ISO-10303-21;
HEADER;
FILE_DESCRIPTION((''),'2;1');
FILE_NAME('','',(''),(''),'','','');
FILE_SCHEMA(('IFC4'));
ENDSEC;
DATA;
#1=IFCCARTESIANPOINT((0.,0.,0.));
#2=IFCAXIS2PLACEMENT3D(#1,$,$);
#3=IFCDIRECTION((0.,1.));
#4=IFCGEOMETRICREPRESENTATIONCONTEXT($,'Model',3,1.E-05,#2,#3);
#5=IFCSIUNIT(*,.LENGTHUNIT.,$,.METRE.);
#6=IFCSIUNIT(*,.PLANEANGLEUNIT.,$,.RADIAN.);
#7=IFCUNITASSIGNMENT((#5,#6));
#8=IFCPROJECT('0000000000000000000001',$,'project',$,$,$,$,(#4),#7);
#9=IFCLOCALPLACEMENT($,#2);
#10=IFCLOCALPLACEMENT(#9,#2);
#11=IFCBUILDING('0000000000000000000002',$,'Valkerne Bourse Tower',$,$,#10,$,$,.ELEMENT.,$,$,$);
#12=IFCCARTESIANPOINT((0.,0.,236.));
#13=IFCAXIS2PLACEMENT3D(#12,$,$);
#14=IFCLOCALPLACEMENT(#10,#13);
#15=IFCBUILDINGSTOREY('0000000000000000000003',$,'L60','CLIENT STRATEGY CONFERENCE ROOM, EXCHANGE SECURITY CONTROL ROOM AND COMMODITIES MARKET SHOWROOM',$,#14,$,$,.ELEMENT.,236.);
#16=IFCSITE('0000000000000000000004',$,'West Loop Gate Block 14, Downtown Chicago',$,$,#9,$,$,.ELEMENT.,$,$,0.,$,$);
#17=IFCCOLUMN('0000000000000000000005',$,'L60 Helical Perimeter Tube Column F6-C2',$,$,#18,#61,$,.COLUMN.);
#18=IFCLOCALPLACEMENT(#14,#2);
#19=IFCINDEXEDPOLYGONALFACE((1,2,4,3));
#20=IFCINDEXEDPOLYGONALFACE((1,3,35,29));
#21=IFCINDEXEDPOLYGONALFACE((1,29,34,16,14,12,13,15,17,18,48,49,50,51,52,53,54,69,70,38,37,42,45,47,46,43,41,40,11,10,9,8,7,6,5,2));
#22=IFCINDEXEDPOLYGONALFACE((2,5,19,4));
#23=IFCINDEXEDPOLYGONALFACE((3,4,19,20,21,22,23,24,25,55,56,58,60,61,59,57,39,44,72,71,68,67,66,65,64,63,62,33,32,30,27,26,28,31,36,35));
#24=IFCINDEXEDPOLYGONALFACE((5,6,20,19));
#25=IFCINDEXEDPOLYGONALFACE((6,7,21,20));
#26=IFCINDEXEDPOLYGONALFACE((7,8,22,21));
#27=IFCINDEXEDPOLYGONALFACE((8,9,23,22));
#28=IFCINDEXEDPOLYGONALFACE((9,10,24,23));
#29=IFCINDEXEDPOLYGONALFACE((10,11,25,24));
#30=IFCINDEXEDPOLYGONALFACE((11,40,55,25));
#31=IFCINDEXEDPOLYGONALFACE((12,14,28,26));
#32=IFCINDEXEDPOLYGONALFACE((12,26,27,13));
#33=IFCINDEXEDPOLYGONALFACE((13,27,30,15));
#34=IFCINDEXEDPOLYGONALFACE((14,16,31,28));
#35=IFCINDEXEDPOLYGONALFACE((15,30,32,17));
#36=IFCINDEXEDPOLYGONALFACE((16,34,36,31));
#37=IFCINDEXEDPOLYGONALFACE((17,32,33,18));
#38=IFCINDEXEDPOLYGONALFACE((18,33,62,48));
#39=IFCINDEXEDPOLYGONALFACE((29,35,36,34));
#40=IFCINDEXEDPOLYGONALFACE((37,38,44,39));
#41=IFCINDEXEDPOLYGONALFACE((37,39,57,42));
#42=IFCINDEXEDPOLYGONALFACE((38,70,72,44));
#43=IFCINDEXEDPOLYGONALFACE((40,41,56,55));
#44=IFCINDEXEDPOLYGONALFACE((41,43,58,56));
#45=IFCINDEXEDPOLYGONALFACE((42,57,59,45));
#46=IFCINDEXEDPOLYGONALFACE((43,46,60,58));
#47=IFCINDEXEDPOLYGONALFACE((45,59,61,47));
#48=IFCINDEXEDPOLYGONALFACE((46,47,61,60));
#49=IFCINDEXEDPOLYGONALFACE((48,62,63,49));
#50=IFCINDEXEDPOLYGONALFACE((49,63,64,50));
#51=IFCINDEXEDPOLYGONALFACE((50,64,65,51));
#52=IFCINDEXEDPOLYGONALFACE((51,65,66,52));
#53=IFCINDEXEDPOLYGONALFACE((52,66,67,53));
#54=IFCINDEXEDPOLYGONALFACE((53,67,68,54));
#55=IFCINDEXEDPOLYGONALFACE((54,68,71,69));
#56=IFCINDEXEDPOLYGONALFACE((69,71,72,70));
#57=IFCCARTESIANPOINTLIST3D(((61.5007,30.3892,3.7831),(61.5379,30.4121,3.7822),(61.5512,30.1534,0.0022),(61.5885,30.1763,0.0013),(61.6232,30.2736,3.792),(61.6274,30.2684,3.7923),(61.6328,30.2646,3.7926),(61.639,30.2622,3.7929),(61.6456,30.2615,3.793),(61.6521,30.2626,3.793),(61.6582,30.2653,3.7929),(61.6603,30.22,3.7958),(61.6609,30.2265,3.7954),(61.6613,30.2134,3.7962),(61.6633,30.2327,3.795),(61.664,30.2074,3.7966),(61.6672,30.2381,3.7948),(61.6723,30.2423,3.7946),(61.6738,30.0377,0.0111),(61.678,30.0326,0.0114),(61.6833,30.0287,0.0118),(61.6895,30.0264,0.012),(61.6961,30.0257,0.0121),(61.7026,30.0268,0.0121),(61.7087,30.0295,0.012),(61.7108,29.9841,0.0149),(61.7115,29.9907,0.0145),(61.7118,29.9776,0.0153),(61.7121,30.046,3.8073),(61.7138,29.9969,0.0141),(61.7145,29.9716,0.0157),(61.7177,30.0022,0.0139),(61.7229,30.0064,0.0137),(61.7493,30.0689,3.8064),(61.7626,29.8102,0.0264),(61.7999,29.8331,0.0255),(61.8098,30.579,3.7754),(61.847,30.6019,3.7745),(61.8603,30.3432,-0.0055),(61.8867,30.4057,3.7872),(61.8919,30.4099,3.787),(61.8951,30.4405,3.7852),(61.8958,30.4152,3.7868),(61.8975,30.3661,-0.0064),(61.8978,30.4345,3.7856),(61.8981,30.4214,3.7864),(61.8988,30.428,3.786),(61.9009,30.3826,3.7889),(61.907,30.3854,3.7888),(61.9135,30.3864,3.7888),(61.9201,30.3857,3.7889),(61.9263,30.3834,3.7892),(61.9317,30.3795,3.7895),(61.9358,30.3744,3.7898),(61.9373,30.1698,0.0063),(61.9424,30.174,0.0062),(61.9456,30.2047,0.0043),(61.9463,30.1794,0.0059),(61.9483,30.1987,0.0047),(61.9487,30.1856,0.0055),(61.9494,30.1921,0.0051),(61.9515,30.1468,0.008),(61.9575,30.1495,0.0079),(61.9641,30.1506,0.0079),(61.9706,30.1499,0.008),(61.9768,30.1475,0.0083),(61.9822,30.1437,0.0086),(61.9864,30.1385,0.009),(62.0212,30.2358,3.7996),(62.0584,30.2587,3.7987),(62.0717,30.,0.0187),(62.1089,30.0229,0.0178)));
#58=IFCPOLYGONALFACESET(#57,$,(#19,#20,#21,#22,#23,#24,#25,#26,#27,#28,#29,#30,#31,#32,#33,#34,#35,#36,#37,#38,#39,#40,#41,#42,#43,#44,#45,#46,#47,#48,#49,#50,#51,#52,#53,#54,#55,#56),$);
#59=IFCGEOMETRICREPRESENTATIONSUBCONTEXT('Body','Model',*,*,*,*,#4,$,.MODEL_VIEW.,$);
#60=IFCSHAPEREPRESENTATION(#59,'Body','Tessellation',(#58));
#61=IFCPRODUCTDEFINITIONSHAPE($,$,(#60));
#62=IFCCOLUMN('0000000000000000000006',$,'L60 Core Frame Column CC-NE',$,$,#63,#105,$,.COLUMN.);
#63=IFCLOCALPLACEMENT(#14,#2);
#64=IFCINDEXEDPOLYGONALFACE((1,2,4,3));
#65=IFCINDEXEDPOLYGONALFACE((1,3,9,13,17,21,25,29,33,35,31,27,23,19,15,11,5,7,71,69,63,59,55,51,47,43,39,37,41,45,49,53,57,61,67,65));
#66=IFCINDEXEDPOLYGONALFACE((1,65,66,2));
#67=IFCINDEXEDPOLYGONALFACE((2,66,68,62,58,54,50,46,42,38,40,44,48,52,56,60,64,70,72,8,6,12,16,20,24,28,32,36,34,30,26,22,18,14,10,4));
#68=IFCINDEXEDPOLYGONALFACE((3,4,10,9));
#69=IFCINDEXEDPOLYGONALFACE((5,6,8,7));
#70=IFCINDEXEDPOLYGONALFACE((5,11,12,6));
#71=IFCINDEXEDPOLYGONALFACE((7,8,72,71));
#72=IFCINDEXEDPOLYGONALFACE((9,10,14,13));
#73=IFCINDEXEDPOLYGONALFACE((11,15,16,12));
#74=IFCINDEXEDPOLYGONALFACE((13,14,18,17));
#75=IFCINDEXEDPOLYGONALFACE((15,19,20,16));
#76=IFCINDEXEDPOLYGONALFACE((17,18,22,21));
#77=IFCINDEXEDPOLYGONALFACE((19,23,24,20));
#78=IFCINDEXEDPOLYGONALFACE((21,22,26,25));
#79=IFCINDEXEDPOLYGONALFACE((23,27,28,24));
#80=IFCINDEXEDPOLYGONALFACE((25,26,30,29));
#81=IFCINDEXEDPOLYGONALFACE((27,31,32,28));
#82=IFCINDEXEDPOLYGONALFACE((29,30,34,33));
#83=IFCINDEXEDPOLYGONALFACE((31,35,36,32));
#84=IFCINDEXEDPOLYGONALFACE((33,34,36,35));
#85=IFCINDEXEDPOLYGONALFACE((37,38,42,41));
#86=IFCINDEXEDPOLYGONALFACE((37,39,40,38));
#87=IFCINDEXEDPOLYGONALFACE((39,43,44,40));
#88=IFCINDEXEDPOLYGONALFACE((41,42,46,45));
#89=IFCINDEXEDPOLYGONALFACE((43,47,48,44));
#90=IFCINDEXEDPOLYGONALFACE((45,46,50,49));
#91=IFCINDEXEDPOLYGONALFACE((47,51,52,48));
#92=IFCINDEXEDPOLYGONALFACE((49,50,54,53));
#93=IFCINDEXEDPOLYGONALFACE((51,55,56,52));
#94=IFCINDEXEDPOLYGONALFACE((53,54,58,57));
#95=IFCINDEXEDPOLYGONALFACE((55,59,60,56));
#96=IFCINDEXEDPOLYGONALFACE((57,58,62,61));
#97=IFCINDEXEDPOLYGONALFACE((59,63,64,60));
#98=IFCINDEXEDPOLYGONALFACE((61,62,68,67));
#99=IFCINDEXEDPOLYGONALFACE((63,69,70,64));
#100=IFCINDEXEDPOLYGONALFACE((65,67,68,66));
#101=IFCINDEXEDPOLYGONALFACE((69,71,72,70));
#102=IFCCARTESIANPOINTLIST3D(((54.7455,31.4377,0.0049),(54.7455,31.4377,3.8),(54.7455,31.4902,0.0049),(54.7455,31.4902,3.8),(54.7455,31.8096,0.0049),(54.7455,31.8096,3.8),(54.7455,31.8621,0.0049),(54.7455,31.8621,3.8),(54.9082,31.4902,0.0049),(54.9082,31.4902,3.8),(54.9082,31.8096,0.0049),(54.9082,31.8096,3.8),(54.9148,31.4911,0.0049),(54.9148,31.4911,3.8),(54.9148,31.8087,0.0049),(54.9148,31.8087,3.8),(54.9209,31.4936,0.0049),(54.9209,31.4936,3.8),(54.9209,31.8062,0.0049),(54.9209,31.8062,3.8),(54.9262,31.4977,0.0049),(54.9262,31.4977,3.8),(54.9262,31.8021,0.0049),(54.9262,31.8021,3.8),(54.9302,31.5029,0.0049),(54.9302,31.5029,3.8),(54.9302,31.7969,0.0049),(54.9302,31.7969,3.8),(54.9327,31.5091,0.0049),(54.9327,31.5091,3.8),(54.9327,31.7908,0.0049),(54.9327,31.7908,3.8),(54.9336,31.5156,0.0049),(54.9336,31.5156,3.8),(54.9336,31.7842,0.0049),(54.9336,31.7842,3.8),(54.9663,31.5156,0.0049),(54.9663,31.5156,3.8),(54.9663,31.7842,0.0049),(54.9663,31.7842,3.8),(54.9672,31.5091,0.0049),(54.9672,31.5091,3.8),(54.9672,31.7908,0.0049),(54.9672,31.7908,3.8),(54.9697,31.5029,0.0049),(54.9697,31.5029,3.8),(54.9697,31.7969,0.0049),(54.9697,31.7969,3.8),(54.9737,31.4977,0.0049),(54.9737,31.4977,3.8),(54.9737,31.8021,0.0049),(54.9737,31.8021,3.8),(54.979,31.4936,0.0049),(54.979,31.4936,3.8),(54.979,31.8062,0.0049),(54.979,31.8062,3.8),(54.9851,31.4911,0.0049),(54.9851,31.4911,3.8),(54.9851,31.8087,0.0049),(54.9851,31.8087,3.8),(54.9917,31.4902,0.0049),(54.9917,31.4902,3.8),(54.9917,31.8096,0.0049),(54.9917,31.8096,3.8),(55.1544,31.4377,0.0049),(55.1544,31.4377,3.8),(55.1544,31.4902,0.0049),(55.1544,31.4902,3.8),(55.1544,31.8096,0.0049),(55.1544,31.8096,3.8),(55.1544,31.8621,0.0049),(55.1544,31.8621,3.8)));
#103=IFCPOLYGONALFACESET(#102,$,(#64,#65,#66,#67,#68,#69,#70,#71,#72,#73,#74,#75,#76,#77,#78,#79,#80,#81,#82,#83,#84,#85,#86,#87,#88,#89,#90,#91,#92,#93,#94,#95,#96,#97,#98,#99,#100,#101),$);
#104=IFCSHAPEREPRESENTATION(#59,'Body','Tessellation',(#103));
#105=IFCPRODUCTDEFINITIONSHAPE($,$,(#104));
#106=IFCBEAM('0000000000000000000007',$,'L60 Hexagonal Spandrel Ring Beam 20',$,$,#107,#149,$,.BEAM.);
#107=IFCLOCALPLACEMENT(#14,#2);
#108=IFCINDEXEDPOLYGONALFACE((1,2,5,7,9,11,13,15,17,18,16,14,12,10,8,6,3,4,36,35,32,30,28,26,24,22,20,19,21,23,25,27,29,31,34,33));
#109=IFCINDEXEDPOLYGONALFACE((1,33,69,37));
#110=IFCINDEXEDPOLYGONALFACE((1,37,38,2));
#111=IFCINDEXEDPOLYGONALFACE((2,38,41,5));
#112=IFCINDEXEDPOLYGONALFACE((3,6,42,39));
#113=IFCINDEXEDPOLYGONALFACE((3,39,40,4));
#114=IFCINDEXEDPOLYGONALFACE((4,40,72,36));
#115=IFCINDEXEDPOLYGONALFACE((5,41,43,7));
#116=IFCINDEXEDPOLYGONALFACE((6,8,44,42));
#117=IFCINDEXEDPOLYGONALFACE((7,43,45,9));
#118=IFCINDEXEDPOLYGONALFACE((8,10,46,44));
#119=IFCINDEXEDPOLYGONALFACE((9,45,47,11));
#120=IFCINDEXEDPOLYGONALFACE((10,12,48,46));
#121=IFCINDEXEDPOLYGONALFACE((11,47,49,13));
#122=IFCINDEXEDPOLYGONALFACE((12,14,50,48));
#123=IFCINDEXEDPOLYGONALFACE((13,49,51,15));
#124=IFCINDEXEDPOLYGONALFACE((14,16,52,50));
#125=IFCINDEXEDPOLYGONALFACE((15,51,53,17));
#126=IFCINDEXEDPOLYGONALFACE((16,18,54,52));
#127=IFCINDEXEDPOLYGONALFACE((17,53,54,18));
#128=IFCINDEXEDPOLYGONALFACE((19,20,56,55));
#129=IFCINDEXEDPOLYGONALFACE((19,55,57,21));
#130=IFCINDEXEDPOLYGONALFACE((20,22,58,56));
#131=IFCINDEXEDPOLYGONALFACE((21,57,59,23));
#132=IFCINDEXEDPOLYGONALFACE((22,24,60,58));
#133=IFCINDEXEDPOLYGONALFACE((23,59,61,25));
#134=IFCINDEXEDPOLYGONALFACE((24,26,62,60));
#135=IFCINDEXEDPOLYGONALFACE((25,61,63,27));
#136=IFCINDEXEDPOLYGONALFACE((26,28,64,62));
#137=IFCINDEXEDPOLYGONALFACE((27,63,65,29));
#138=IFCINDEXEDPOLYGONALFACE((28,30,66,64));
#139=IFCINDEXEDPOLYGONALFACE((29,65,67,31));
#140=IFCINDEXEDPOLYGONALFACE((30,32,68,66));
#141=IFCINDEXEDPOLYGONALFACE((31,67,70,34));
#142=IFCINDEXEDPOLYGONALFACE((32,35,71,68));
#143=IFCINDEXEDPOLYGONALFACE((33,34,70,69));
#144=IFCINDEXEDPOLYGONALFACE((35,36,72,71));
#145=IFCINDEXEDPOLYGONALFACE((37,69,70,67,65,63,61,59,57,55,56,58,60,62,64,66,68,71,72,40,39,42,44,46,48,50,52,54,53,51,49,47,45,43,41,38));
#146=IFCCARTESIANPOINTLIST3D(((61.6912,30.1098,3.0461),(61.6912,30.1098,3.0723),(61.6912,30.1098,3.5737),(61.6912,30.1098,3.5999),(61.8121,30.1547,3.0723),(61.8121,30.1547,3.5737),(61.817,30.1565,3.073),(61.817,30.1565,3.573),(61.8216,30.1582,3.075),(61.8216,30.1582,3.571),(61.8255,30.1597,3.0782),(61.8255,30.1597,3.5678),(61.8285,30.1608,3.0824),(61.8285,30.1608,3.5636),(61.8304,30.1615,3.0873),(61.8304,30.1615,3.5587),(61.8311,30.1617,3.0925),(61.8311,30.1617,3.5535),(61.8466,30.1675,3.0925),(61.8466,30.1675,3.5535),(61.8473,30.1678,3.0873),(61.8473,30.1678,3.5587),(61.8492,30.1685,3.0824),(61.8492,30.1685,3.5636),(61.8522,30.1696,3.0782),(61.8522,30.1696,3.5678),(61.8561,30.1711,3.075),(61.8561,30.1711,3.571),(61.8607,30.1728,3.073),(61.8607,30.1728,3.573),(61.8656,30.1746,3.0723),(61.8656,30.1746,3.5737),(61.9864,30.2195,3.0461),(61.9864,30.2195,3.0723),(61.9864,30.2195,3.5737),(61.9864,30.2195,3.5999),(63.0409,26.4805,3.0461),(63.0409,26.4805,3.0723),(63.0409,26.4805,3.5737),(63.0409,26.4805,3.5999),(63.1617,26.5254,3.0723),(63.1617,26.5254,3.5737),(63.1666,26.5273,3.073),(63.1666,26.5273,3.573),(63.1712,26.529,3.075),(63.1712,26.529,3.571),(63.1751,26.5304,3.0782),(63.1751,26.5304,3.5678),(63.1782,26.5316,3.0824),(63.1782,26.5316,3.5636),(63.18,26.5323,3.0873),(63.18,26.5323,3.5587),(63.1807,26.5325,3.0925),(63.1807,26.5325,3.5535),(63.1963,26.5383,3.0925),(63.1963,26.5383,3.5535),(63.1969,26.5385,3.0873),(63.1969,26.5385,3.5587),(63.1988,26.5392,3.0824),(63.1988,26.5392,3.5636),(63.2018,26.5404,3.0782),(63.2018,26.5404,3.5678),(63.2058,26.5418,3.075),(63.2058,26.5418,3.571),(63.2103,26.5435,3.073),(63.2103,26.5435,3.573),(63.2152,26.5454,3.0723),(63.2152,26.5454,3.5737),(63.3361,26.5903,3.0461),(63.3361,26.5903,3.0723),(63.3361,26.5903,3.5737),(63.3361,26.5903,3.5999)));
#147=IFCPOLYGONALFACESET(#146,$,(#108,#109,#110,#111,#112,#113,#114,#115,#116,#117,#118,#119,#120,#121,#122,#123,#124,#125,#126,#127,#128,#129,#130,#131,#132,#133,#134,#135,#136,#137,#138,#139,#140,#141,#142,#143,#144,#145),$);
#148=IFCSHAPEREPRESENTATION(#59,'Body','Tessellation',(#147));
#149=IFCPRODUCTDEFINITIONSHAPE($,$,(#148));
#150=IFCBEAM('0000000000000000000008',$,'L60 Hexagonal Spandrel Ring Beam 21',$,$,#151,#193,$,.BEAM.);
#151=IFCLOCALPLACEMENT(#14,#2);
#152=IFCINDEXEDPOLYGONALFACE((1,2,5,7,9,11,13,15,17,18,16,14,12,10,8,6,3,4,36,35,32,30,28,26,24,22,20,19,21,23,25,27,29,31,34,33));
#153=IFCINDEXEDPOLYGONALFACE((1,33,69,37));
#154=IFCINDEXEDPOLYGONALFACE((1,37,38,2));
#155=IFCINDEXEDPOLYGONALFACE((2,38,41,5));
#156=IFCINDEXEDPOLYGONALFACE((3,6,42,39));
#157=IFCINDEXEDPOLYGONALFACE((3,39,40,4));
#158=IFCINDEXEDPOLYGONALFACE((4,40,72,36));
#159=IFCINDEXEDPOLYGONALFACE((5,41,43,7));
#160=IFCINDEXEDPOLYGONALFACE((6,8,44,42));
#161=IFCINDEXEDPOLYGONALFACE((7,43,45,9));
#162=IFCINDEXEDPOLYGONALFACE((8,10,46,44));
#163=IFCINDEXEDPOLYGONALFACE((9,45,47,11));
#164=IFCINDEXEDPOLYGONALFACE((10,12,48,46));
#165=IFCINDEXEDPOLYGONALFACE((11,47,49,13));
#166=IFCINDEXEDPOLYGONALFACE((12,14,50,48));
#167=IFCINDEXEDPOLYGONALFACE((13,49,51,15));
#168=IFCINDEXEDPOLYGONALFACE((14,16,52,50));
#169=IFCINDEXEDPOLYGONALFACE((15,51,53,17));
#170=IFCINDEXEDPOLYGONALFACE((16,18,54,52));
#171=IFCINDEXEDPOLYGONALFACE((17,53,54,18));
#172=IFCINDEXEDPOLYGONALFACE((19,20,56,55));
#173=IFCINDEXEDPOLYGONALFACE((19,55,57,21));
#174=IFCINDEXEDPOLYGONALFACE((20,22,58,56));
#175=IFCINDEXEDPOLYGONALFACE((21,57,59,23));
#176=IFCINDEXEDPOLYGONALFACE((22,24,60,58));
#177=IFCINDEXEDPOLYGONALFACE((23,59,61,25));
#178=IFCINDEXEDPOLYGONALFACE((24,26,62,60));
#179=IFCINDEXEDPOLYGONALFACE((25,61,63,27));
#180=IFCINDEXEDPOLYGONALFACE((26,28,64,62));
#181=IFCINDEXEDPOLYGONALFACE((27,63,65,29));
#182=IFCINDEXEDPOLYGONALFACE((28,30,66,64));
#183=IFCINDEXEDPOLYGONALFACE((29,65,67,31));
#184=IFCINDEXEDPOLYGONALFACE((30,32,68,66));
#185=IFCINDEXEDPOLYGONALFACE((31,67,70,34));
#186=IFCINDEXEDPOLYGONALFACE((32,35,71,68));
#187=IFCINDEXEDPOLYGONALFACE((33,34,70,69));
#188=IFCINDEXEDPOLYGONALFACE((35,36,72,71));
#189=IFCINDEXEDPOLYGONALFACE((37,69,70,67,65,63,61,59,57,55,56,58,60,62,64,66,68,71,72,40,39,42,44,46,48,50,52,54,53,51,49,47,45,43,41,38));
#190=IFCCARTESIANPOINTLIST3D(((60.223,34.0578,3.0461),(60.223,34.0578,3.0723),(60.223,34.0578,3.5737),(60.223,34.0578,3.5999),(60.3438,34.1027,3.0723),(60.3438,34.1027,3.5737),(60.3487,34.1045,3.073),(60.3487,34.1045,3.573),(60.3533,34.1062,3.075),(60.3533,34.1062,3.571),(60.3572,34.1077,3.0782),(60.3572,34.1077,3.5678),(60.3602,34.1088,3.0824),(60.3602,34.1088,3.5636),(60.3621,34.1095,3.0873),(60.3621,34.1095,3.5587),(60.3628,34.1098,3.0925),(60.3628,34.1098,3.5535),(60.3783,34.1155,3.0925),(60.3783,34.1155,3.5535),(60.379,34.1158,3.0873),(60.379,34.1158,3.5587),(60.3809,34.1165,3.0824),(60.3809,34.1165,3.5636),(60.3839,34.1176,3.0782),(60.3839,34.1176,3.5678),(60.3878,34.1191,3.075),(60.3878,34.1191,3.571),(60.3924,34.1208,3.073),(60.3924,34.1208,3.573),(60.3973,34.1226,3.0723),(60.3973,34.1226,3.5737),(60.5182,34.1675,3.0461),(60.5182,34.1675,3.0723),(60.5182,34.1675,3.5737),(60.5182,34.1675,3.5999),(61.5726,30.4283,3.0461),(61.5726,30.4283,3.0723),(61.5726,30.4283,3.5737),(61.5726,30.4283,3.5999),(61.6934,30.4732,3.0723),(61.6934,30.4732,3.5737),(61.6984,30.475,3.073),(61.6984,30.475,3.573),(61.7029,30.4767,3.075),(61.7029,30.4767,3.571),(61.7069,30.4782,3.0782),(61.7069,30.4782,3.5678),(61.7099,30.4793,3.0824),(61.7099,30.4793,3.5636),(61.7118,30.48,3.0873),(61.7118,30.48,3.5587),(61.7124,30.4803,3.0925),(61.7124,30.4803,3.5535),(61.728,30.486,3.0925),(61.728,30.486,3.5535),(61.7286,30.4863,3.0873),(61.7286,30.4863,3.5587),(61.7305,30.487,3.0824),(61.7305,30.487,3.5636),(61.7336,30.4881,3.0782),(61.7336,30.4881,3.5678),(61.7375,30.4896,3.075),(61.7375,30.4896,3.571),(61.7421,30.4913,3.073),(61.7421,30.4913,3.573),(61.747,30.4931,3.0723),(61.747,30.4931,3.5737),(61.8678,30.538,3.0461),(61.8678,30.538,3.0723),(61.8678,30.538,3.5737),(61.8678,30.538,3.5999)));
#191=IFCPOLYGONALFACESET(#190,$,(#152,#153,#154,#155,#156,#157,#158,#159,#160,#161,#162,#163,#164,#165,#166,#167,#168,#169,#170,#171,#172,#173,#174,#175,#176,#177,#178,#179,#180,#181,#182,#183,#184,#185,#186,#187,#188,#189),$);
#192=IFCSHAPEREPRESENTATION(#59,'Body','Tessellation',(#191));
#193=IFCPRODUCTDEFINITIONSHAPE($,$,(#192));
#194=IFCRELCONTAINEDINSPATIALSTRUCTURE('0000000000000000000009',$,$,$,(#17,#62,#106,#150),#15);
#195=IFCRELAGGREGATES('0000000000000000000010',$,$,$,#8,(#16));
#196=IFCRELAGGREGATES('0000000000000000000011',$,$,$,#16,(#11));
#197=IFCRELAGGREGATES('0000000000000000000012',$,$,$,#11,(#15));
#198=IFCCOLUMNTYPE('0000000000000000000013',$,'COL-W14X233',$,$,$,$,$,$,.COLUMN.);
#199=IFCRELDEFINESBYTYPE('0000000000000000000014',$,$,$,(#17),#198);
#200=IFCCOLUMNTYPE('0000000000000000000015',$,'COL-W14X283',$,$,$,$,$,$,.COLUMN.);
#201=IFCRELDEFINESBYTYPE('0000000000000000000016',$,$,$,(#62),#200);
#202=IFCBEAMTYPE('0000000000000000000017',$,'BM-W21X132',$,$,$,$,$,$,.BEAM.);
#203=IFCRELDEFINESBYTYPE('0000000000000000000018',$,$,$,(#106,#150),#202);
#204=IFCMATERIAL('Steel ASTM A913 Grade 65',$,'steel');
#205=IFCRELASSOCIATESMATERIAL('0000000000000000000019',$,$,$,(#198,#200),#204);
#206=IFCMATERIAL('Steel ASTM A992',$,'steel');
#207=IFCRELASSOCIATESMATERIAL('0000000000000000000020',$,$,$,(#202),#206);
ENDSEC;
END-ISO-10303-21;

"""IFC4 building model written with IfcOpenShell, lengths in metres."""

from ifc_helpers import new_model, si_unit, direction, frame, origin, origin_2d, place, context, subcontext, project, spatial, i_section, extrude, material, material_profile, profile_set, type_object, element, save


model = new_model("IFC4")

# Units and contexts
model_context = context("Model", 3, precision=1e-05, world=origin(), true_north=direction((0.0, 1.0)))
body_context = subcontext(model_context, "Body", "Model", "MODEL_VIEW")
ifc_project = project(units=[si_unit("LENGTHUNIT", "METRE"), si_unit("PLANEANGLEUNIT", "RADIAN")], contexts=[model_context])

# Site, building, storey
site_placement = place(None, origin())
site = spatial("IfcSite", under=ifc_project, at=site_placement, Name="West Loop Gate Block 14, Downtown Chicago", CompositionType="ELEMENT", RefElevation=0.0)
building_placement = place(site_placement, origin())
building = spatial("IfcBuilding", under=site, at=building_placement, Name="Valkerne Bourse Tower", CompositionType="ELEMENT")
storey_placement = place(building_placement, frame((0.0, 0.0, 236.0)))
storey = spatial("IfcBuildingStorey", under=building, at=storey_placement, Name="L60", Description="CLIENT STRATEGY CONFERENCE ROOM, EXCHANGE SECURITY CONTROL ROOM AND COMMODITIES MARKET SHOWROOM", CompositionType="ELEMENT", Elevation=236.0)

# Columns
ifc_material_1 = material(Name="Steel ASTM A913 Grade 65", Category="steel")
ifc_material_profile_1 = material_profile(ifc_material_1, i_section(OverallWidth=0.4038, OverallDepth=0.4065, WebThickness=0.0271, FlangeThickness=0.0437, FilletRadius=0.0254, at=origin_2d()), Name="W14X233")
ifc_profile_set_1 = profile_set([ifc_material_profile_1], Name="Steel ASTM A913 Grade 65")
column_type_1 = type_object("IfcColumnType", Name="COL-W14X233", PredefinedType="COLUMN", material=ifc_profile_set_1)
column_1_placement = place(storey_placement, frame((61.8301, 30.0881, 0.01), z_axis=(-0.013339, 0.062248, 0.997972), x_axis=(0.523507, -0.849905, 0.06001)))
element("IfcColumn", 1, at=column_1_placement, inside=storey, type_object=column_type_1, Name="L60 Helical Perimeter Tube Column F6-C2", PredefinedType="COLUMN", context=body_context, shape_type="SweptSolid", body=[
    extrude(i_section(OverallWidth=0.4038, OverallDepth=0.4065, WebThickness=0.0271, FlangeThickness=0.0437, FilletRadius=0.0254, at=origin_2d()), origin(), (0.0, 0.0, 1.0), 3.7886),
])
ifc_material_profile_2 = material_profile(ifc_material_1, i_section(OverallWidth=0.4089, OverallDepth=0.4243, WebThickness=0.0327, FlangeThickness=0.0525, FilletRadius=0.0254, at=origin_2d()), Name="W14X283")
ifc_profile_set_2 = profile_set([ifc_material_profile_2], Name="Steel ASTM A913 Grade 65")
column_type_2 = type_object("IfcColumnType", Name="COL-W14X283", PredefinedType="COLUMN", material=ifc_profile_set_2)
column_2_placement = place(storey_placement, frame((54.95, 31.6499, 0.0049), z_axis=(0.0, 0.0, 1.0), x_axis=(1.0, 0.0, 0.0)))
element("IfcColumn", 2, at=column_2_placement, inside=storey, type_object=column_type_2, Name="L60 Core Frame Column CC-NE", PredefinedType="COLUMN", context=body_context, shape_type="SweptSolid", body=[
    extrude(i_section(OverallWidth=0.4089, OverallDepth=0.4243, WebThickness=0.0327, FlangeThickness=0.0525, FilletRadius=0.0254, at=origin_2d()), origin(), (0.0, 0.0, 1.0), 3.7952),
])

# Beams
ifc_material_2 = material(Name="Steel ASTM A992", Category="steel")
ifc_material_profile_3 = material_profile(ifc_material_2, i_section(OverallWidth=0.3149, OverallDepth=0.5537, WebThickness=0.0166, FlangeThickness=0.0261, FilletRadius=0.0203, at=origin_2d()), Name="W21X132")
ifc_profile_set_3 = profile_set([ifc_material_profile_3], Name="Steel ASTM A992")
beam_type_1 = type_object("IfcBeamType", Name="BM-W21X132", PredefinedType="BEAM", material=ifc_profile_set_3)
beam_1_placement = place(storey_placement, frame((63.1885, 26.5354, 3.323), z_axis=(-0.348559, 0.937287, 0.0), x_axis=(-0.937287, -0.348559, 0.0)))
element("IfcBeam", 3, at=beam_1_placement, inside=storey, type_object=beam_type_1, Name="L60 Hexagonal Spandrel Ring Beam 20", PredefinedType="BEAM", context=body_context, shape_type="SweptSolid", body=[
    extrude(i_section(OverallWidth=0.3149, OverallDepth=0.5537, WebThickness=0.0166, FlangeThickness=0.0261, FilletRadius=0.0203, at=origin_2d()), origin(), (0.0, 0.0, 1.0), 3.8721),
])
beam_2_placement = place(storey_placement, frame((61.7202, 30.4832, 3.323), z_axis=(-0.348538, 0.937295, 0.0), x_axis=(-0.937295, -0.348538, 0.0)))
element("IfcBeam", 4, at=beam_2_placement, inside=storey, type_object=beam_type_1, Name="L60 Hexagonal Spandrel Ring Beam 21", PredefinedType="BEAM", context=body_context, shape_type="SweptSolid", body=[
    extrude(i_section(OverallWidth=0.3149, OverallDepth=0.5537, WebThickness=0.0166, FlangeThickness=0.0261, FilletRadius=0.0203, at=origin_2d()), origin(), (0.0, 0.0, 1.0), 3.8723),
])

save(model, "model.ifc")
